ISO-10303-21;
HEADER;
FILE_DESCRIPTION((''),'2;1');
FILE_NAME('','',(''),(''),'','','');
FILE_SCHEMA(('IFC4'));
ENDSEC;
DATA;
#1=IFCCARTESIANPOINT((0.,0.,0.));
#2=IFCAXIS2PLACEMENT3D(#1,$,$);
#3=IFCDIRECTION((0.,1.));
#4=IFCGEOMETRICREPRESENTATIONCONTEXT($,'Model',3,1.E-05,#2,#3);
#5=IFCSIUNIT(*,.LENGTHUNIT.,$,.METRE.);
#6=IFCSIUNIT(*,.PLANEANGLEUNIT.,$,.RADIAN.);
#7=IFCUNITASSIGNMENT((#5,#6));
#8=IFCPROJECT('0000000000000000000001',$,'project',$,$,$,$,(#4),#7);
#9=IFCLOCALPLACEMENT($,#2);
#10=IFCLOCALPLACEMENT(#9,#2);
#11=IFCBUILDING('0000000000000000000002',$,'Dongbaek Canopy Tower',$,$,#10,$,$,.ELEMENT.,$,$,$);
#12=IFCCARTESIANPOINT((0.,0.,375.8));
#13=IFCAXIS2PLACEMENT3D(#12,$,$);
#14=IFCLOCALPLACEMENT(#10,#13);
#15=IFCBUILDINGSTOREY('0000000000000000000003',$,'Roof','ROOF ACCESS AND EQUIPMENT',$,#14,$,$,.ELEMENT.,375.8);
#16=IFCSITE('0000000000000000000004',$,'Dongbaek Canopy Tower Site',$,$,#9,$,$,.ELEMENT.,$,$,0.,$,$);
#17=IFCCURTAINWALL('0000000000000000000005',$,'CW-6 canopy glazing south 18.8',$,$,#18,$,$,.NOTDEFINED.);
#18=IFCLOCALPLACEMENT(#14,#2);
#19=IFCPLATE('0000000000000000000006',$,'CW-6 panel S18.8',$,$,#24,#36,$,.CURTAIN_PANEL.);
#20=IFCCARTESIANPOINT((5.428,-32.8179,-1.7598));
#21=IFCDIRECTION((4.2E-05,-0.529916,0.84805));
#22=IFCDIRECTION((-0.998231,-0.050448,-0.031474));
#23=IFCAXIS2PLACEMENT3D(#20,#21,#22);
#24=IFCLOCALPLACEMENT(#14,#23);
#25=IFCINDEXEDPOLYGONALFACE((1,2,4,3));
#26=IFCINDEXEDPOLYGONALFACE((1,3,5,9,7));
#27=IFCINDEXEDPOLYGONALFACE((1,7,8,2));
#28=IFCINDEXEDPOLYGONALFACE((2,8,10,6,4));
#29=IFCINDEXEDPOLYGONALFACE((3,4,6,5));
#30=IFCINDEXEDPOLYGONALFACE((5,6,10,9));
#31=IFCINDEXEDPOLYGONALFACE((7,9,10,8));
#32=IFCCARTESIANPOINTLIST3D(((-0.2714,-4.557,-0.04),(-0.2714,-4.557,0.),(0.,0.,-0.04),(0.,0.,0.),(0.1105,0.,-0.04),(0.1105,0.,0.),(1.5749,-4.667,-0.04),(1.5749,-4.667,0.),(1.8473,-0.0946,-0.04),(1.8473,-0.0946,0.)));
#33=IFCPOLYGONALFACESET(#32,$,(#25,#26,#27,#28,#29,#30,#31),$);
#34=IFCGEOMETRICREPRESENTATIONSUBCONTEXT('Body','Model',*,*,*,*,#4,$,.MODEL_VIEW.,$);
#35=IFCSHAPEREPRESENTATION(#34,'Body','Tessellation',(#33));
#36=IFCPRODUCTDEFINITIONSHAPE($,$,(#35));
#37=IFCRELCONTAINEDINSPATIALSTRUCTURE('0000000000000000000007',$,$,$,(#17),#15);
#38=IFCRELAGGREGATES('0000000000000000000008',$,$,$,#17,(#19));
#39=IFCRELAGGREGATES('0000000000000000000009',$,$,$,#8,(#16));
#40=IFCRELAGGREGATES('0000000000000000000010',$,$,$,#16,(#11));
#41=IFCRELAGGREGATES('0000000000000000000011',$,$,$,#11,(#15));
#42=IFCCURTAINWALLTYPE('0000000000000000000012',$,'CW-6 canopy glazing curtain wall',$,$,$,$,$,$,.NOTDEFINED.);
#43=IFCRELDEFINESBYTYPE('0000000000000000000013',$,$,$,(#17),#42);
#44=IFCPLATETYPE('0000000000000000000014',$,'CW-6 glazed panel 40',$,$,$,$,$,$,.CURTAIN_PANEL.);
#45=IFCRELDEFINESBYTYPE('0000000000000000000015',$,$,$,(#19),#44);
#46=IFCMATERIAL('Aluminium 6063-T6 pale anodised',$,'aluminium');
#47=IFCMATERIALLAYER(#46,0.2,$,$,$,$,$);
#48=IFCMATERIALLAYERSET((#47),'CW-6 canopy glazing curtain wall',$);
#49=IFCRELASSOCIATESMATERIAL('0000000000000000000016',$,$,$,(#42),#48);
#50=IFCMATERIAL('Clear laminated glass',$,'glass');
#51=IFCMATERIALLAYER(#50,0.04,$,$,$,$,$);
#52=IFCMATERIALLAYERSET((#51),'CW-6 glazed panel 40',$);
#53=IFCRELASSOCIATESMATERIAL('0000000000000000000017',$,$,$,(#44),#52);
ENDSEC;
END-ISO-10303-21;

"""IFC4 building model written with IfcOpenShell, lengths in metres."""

from ifc_helpers import new_model, si_unit, direction, frame, origin, place, context, subcontext, project, spatial, polyline, outline, extrude, material, layer, layer_set, type_object, element, aggregate, save


model = new_model("IFC4")

# Units and contexts
model_context = context("Model", 3, precision=1e-05, world=origin(), true_north=direction((0.0, 1.0)))
body_context = subcontext(model_context, "Body", "Model", "MODEL_VIEW")
ifc_project = project(units=[si_unit("LENGTHUNIT", "METRE"), si_unit("PLANEANGLEUNIT", "RADIAN")], contexts=[model_context])

# Site, building, storey
site_placement = place(None, origin())
site = spatial("IfcSite", under=ifc_project, at=site_placement, Name="Dongbaek Canopy Tower Site", CompositionType="ELEMENT", RefElevation=0.0)
building_placement = place(site_placement, origin())
building = spatial("IfcBuilding", under=site, at=building_placement, Name="Dongbaek Canopy Tower", CompositionType="ELEMENT")
storey_placement = place(building_placement, frame((0.0, 0.0, 375.8)))
storey = spatial("IfcBuildingStorey", under=building, at=storey_placement, Name="Roof", Description="ROOF ACCESS AND EQUIPMENT", CompositionType="ELEMENT", Elevation=375.8)

# Curtain wall
ifc_material_1 = material(Name="Aluminium 6063-T6 pale anodised", Category="aluminium")
ifc_layer_1 = layer(ifc_material_1, 0.2)
ifc_layer_set_1 = layer_set([ifc_layer_1], Name="CW-6 canopy glazing curtain wall")
curtain_wall_type = type_object("IfcCurtainWallType", Name="CW-6 canopy glazing curtain wall", PredefinedType="NOTDEFINED", material=ifc_layer_set_1)
curtain_wall_1_placement = place(storey_placement, origin())
curtain_wall_1 = element("IfcCurtainWall", 1, at=curtain_wall_1_placement, inside=storey, type_object=curtain_wall_type, Name="CW-6 canopy glazing south 18.8", PredefinedType="NOTDEFINED")

# Shared definitions
ifc_material_2 = material(Name="Clear laminated glass", Category="glass")
ifc_layer_2 = layer(ifc_material_2, 0.04)
ifc_layer_set_2 = layer_set([ifc_layer_2], Name="CW-6 glazed panel 40")
plate_type = type_object("IfcPlateType", Name="CW-6 glazed panel 40", PredefinedType="CURTAIN_PANEL", material=ifc_layer_set_2)

# Plate
plate_1_placement = place(storey_placement, frame((5.428, -32.8179, -1.7598), z_axis=(0.000042, -0.529916, 0.84805), x_axis=(-0.998231, -0.050448, -0.031474)))
plate_1 = element("IfcPlate", 2, at=plate_1_placement, type_object=plate_type, Name="CW-6 panel S18.8", PredefinedType="CURTAIN_PANEL", context=body_context, shape_type="SweptSolid", body=[
    extrude(outline(polyline([(0.0, 0.0), (0.1105, 0.0), (1.8473, -0.0946), (1.5749, -4.667), (-0.2714, -4.557), (0.0, 0.0)])), origin(), (0.0, 0.0, -1.0), 0.04),
])
aggregate(curtain_wall_1, [plate_1])

save(model, "model.ifc")
